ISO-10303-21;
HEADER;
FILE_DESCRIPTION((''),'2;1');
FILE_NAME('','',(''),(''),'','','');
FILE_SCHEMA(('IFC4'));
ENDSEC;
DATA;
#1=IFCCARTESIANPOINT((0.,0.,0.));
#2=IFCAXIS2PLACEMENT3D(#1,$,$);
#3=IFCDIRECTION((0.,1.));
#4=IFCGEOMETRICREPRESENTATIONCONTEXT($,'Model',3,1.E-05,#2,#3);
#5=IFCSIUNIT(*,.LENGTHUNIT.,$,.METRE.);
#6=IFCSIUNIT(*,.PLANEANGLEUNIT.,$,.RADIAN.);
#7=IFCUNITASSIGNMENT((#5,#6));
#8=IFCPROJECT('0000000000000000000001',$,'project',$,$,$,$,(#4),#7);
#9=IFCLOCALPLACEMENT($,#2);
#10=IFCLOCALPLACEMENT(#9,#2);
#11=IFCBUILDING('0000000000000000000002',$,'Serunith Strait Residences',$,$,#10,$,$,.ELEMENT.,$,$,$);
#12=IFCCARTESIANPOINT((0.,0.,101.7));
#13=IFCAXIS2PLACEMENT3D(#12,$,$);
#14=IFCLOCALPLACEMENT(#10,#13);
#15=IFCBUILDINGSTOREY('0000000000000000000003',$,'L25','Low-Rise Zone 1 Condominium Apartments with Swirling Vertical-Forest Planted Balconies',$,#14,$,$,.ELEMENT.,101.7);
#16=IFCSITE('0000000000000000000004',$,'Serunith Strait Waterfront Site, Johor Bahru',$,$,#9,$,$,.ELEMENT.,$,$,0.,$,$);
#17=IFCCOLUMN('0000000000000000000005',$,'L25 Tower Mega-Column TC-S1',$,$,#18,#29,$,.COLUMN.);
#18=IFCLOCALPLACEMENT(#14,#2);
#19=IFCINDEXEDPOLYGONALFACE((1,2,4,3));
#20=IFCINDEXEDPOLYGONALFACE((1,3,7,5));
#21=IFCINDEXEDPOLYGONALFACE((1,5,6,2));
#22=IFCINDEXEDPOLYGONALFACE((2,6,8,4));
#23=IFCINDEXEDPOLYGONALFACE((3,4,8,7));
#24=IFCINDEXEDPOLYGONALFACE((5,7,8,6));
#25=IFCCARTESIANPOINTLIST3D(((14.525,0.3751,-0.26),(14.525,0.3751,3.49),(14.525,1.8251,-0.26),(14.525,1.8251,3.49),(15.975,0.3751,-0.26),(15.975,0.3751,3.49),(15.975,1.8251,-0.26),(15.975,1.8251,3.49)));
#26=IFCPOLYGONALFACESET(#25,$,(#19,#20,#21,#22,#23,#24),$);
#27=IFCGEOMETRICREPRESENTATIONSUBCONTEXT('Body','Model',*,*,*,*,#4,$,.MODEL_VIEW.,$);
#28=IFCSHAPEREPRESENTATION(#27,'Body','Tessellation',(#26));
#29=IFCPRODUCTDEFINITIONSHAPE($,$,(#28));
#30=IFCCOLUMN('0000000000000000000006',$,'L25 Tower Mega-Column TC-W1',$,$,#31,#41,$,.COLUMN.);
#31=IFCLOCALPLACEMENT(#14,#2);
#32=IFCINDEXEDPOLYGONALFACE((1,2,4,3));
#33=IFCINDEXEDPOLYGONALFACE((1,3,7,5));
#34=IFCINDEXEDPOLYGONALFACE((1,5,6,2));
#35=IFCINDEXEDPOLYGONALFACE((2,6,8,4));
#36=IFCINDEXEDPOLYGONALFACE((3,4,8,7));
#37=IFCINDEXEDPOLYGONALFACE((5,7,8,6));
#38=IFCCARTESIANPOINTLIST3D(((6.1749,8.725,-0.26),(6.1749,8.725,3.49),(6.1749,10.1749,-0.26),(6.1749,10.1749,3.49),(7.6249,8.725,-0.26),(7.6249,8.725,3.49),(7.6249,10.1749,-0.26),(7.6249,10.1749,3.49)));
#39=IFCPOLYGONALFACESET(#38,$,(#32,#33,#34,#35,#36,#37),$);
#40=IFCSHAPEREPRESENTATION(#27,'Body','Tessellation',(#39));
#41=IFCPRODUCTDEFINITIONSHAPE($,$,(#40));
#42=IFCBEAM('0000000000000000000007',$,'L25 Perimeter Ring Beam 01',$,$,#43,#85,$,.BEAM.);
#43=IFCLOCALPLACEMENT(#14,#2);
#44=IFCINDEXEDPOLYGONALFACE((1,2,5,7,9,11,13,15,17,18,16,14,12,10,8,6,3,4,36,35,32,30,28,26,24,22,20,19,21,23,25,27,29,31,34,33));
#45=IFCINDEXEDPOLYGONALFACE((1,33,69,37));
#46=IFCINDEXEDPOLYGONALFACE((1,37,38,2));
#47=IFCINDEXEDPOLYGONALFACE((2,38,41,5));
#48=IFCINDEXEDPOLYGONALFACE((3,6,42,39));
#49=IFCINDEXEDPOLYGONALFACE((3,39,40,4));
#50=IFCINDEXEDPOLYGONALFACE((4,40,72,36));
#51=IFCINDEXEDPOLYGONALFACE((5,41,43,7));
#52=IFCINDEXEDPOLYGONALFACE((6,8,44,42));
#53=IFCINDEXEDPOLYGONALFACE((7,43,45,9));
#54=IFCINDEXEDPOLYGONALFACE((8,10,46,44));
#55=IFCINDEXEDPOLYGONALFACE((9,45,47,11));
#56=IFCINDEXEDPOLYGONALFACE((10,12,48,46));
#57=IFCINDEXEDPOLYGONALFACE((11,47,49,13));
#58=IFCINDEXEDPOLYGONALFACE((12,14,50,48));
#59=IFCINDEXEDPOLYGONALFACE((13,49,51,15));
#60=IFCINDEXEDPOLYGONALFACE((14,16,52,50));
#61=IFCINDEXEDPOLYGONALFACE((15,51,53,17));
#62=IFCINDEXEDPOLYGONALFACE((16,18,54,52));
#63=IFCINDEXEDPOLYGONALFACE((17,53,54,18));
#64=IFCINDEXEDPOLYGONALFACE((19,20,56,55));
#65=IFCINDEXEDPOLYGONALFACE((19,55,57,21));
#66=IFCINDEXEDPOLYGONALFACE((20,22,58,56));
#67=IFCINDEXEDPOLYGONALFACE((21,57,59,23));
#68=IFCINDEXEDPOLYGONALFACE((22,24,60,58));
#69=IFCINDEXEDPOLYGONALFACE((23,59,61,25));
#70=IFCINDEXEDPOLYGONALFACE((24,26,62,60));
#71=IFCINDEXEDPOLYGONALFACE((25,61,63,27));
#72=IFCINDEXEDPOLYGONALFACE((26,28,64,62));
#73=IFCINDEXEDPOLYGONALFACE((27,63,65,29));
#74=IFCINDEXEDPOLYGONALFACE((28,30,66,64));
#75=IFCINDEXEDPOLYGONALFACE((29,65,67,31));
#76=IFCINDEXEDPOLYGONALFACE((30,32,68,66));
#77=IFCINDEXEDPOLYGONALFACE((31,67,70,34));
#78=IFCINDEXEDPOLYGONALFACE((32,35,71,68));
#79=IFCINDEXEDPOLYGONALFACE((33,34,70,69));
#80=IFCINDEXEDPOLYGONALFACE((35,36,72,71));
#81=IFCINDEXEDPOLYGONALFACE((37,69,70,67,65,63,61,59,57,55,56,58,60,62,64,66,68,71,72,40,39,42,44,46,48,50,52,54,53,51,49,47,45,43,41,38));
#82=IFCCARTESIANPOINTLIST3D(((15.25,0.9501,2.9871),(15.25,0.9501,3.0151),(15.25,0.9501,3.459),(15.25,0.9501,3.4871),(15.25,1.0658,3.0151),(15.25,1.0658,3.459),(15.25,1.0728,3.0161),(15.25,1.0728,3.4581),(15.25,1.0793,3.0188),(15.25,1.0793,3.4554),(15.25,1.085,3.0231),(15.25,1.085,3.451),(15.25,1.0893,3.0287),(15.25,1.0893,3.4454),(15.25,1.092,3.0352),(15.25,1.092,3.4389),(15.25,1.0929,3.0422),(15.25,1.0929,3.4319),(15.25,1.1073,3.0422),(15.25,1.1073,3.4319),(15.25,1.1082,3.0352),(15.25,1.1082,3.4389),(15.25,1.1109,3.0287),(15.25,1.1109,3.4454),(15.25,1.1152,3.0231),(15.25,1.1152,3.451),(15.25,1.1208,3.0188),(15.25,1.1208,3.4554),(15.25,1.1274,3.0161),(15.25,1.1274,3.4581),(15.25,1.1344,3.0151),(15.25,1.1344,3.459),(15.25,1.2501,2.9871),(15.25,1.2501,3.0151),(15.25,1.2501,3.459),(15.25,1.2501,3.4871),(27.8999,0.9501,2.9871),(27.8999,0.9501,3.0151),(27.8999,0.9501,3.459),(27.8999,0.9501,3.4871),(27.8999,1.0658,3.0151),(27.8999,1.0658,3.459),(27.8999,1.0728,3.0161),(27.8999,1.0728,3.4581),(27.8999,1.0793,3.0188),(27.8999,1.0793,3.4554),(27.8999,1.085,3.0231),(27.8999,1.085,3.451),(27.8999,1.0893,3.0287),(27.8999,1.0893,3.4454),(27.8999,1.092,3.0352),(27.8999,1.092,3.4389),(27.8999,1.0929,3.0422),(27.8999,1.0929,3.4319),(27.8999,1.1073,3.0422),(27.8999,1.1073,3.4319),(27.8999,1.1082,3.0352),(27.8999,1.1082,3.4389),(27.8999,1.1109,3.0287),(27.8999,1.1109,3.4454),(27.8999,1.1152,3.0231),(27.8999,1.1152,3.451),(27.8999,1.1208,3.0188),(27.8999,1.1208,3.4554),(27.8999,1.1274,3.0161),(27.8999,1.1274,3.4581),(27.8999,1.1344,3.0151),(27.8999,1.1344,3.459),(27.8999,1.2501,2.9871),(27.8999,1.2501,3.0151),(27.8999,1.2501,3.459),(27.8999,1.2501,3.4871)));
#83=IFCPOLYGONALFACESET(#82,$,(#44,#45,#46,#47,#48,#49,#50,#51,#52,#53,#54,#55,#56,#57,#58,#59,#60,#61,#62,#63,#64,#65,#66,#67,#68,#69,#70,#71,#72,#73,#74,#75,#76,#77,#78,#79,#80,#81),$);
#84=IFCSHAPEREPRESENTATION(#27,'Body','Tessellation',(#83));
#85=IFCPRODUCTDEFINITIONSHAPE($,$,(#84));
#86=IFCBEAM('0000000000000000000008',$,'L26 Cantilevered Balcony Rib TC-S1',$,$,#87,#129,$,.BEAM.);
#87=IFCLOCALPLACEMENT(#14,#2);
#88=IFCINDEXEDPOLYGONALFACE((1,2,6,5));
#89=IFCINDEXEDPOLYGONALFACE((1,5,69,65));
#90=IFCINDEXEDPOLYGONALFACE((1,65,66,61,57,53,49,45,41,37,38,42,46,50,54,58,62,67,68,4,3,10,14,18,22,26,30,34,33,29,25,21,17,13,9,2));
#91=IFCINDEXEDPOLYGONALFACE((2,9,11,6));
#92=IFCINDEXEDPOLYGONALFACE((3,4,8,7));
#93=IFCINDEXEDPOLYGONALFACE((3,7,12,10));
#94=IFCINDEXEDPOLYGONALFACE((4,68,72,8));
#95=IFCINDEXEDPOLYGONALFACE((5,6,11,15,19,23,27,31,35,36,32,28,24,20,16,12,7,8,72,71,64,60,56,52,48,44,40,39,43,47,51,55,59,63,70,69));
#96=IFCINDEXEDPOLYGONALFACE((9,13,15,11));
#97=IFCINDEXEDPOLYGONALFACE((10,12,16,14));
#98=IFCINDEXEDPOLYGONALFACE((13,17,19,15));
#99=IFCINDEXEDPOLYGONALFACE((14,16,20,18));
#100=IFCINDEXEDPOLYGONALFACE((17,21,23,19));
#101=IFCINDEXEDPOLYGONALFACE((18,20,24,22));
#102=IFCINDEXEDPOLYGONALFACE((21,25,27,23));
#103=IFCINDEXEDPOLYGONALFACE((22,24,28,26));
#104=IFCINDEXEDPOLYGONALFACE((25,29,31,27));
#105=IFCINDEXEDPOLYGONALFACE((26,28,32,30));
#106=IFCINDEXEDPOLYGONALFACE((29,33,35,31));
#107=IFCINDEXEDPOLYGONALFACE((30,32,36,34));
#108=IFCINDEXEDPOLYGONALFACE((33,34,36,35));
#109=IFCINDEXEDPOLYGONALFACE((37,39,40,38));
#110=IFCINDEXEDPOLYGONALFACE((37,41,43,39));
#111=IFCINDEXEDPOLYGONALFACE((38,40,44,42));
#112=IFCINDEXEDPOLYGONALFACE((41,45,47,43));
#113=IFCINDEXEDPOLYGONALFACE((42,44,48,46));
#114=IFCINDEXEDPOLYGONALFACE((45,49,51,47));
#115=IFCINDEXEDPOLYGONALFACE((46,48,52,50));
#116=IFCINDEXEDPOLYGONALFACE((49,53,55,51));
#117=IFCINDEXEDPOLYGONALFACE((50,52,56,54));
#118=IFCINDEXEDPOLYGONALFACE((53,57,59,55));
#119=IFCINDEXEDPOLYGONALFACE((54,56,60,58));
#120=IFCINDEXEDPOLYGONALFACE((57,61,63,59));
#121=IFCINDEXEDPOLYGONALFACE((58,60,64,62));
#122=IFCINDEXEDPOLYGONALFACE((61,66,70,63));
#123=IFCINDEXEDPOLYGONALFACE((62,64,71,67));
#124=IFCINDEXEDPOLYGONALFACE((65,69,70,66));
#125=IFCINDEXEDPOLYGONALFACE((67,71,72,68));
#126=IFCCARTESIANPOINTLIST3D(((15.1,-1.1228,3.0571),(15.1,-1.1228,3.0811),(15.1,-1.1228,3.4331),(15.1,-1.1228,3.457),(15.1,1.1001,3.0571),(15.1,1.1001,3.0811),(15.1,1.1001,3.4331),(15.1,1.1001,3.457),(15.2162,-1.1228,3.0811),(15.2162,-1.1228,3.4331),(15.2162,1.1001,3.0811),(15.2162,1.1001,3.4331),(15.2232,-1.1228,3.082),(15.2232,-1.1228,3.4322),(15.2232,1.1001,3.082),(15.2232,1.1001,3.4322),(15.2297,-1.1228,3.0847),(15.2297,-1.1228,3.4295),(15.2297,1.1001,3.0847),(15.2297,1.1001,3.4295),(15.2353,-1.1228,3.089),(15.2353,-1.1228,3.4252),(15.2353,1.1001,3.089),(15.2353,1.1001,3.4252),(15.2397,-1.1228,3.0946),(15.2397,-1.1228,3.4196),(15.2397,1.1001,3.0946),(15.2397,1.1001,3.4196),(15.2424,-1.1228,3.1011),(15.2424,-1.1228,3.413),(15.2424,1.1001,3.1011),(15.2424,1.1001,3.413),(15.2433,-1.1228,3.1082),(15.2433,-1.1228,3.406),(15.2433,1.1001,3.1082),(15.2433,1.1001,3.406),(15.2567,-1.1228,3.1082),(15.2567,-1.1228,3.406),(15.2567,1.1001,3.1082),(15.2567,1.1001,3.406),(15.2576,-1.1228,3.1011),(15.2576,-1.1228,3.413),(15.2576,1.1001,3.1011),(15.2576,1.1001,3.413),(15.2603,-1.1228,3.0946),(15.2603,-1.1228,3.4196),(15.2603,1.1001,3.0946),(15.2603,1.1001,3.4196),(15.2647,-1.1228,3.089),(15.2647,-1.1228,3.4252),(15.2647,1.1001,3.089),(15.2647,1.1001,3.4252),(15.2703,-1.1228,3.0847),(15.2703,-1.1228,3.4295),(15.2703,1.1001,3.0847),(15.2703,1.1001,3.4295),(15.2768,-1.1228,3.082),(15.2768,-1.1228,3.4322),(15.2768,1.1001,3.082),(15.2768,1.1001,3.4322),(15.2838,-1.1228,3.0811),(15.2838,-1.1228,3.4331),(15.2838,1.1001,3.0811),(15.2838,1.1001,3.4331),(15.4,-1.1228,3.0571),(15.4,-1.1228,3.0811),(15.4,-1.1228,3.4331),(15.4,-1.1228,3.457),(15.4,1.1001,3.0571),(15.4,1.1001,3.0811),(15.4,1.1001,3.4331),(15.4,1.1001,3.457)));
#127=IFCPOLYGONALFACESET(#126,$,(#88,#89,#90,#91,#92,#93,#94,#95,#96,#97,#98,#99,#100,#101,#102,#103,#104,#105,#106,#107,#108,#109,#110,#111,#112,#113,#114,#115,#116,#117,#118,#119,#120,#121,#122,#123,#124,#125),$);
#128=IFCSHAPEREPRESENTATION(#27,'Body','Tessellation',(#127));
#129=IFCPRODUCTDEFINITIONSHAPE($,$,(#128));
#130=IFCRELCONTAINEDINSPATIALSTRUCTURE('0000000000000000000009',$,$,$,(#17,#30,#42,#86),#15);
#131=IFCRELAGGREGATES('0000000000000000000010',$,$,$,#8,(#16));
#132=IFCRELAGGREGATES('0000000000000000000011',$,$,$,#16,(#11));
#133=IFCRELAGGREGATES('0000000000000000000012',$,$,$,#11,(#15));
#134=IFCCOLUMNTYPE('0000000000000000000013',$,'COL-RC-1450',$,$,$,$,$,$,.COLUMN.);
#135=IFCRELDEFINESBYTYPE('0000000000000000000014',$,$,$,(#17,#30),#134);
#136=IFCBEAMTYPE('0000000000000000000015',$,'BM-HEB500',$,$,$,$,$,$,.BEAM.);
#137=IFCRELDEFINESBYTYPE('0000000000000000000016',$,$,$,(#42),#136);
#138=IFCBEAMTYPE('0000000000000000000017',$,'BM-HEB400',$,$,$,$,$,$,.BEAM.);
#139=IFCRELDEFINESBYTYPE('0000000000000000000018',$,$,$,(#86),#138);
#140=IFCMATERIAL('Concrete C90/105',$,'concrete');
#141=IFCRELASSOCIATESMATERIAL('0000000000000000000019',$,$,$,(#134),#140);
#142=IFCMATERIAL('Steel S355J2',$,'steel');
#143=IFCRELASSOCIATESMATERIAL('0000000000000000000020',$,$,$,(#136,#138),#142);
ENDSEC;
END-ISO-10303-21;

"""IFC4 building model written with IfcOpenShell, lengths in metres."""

from ifc_helpers import new_model, si_unit, direction, frame, origin, origin_2d, place, context, subcontext, project, spatial, rectangle, i_section, extrude, source, transform, mapped, material, material_profile, profile_set, type_object, element, save


model = new_model("IFC4")

# Units and contexts
model_context = context("Model", 3, precision=1e-05, world=origin(), true_north=direction((0.0, 1.0)))
body_context = subcontext(model_context, "Body", "Model", "MODEL_VIEW")
ifc_project = project(units=[si_unit("LENGTHUNIT", "METRE"), si_unit("PLANEANGLEUNIT", "RADIAN")], contexts=[model_context])

# Site, building, storey
site_placement = place(None, origin())
site = spatial("IfcSite", under=ifc_project, at=site_placement, Name="Serunith Strait Waterfront Site, Johor Bahru", CompositionType="ELEMENT", RefElevation=0.0)
building_placement = place(site_placement, origin())
building = spatial("IfcBuilding", under=site, at=building_placement, Name="Serunith Strait Residences", CompositionType="ELEMENT")
storey_placement = place(building_placement, frame((0.0, 0.0, 101.7)))
storey = spatial("IfcBuildingStorey", under=building, at=storey_placement, Name="L25", Description="Low-Rise Zone 1 Condominium Apartments with Swirling Vertical-Forest Planted Balconies", CompositionType="ELEMENT", Elevation=101.7)

# Columns
ifc_material_1 = material(Name="Concrete C90/105", Category="concrete")
ifc_material_profile_1 = material_profile(ifc_material_1, rectangle(XDim=1.45, YDim=1.45, at=origin_2d()), Name="RC 1450x1450")
ifc_profile_set_1 = profile_set([ifc_material_profile_1], Name="Concrete C90/105")
column_type = type_object("IfcColumnType", Name="COL-RC-1450", PredefinedType="COLUMN", material=ifc_profile_set_1)
shared_shape_1 = source(origin(), body_context, "Body", "SweptSolid", [
    extrude(rectangle(XDim=1.45, YDim=1.45, at=origin_2d()), origin(), (0.0, 0.0, 1.0), 3.75),
])
for number, where, z_axis, x_axis, name in (
    (1, (15.25, 1.1001, -0.26), (0.0, 0.0, 1.0), (1.0, 0.0, 0.0), "L25 Tower Mega-Column TC-S1"),
    (2, (6.8999, 9.45, -0.26), (0.0, 0.0, 1.0), (1.0, 0.0, 0.0), "L25 Tower Mega-Column TC-W1"),
):
    element("IfcColumn", number, at=place(storey_placement, frame(where, z_axis=z_axis, x_axis=x_axis)), inside=storey, type_object=column_type, Name=name, PredefinedType="COLUMN", context=body_context, shape_type="MappedRepresentation", body=[
        mapped(shared_shape_1, transform((0.0, 0.0, 0.0), scale=1.0)),
    ])

# Beams
ifc_material_2 = material(Name="Steel S355J2", Category="steel")
ifc_material_profile_2 = material_profile(ifc_material_2, i_section(OverallWidth=0.3, OverallDepth=0.5, WebThickness=0.0144, FlangeThickness=0.0281, FilletRadius=0.0271, at=origin_2d()), Name="HEB 500")
ifc_profile_set_2 = profile_set([ifc_material_profile_2], Name="Steel S355J2")
beam_type_1 = type_object("IfcBeamType", Name="BM-HEB500", PredefinedType="BEAM", material=ifc_profile_set_2)
shared_shape_2 = source(origin(), body_context, "Body", "SweptSolid", [
    extrude(i_section(OverallWidth=0.3, OverallDepth=0.5, WebThickness=0.0144, FlangeThickness=0.0281, FilletRadius=0.0271, at=origin_2d()), origin(), (0.0, 0.0, 1.0), 12.6499),
])
beam_1_placement = place(storey_placement, frame((15.25, 1.1001, 3.2371), z_axis=(1.0, 0.0, 0.0), x_axis=(0.0, 1.0, 0.0)))
element("IfcBeam", 3, at=beam_1_placement, inside=storey, type_object=beam_type_1, Name="L25 Perimeter Ring Beam 01", PredefinedType="BEAM", context=body_context, shape_type="MappedRepresentation", body=[
    mapped(shared_shape_2, transform((0.0, 0.0, 0.0), scale=1.0)),
])
ifc_material_profile_3 = material_profile(ifc_material_2, i_section(OverallWidth=0.3, OverallDepth=0.3999, WebThickness=0.0134, FlangeThickness=0.0239, FilletRadius=0.0271, at=origin_2d()), Name="HEB 400")
ifc_profile_set_3 = profile_set([ifc_material_profile_3], Name="Steel S355J2")
beam_type_2 = type_object("IfcBeamType", Name="BM-HEB400", PredefinedType="BEAM", material=ifc_profile_set_3)
shared_shape_3 = source(origin(), body_context, "Body", "SweptSolid", [
    extrude(i_section(OverallWidth=0.3, OverallDepth=0.3999, WebThickness=0.0134, FlangeThickness=0.0239, FilletRadius=0.0271, at=origin_2d()), origin(), (0.0, 0.0, 1.0), 2.2229),
])
beam_2_placement = place(storey_placement, frame((15.25, 1.1001, 3.2571), z_axis=(0.0, -1.0, 0.0), x_axis=(1.0, 0.0, 0.0)))
element("IfcBeam", 4, at=beam_2_placement, inside=storey, type_object=beam_type_2, Name="L26 Cantilevered Balcony Rib TC-S1", PredefinedType="BEAM", context=body_context, shape_type="MappedRepresentation", body=[
    mapped(shared_shape_3, transform((0.0, 0.0, 0.0), scale=1.0)),
])

save(model, "model.ifc")
